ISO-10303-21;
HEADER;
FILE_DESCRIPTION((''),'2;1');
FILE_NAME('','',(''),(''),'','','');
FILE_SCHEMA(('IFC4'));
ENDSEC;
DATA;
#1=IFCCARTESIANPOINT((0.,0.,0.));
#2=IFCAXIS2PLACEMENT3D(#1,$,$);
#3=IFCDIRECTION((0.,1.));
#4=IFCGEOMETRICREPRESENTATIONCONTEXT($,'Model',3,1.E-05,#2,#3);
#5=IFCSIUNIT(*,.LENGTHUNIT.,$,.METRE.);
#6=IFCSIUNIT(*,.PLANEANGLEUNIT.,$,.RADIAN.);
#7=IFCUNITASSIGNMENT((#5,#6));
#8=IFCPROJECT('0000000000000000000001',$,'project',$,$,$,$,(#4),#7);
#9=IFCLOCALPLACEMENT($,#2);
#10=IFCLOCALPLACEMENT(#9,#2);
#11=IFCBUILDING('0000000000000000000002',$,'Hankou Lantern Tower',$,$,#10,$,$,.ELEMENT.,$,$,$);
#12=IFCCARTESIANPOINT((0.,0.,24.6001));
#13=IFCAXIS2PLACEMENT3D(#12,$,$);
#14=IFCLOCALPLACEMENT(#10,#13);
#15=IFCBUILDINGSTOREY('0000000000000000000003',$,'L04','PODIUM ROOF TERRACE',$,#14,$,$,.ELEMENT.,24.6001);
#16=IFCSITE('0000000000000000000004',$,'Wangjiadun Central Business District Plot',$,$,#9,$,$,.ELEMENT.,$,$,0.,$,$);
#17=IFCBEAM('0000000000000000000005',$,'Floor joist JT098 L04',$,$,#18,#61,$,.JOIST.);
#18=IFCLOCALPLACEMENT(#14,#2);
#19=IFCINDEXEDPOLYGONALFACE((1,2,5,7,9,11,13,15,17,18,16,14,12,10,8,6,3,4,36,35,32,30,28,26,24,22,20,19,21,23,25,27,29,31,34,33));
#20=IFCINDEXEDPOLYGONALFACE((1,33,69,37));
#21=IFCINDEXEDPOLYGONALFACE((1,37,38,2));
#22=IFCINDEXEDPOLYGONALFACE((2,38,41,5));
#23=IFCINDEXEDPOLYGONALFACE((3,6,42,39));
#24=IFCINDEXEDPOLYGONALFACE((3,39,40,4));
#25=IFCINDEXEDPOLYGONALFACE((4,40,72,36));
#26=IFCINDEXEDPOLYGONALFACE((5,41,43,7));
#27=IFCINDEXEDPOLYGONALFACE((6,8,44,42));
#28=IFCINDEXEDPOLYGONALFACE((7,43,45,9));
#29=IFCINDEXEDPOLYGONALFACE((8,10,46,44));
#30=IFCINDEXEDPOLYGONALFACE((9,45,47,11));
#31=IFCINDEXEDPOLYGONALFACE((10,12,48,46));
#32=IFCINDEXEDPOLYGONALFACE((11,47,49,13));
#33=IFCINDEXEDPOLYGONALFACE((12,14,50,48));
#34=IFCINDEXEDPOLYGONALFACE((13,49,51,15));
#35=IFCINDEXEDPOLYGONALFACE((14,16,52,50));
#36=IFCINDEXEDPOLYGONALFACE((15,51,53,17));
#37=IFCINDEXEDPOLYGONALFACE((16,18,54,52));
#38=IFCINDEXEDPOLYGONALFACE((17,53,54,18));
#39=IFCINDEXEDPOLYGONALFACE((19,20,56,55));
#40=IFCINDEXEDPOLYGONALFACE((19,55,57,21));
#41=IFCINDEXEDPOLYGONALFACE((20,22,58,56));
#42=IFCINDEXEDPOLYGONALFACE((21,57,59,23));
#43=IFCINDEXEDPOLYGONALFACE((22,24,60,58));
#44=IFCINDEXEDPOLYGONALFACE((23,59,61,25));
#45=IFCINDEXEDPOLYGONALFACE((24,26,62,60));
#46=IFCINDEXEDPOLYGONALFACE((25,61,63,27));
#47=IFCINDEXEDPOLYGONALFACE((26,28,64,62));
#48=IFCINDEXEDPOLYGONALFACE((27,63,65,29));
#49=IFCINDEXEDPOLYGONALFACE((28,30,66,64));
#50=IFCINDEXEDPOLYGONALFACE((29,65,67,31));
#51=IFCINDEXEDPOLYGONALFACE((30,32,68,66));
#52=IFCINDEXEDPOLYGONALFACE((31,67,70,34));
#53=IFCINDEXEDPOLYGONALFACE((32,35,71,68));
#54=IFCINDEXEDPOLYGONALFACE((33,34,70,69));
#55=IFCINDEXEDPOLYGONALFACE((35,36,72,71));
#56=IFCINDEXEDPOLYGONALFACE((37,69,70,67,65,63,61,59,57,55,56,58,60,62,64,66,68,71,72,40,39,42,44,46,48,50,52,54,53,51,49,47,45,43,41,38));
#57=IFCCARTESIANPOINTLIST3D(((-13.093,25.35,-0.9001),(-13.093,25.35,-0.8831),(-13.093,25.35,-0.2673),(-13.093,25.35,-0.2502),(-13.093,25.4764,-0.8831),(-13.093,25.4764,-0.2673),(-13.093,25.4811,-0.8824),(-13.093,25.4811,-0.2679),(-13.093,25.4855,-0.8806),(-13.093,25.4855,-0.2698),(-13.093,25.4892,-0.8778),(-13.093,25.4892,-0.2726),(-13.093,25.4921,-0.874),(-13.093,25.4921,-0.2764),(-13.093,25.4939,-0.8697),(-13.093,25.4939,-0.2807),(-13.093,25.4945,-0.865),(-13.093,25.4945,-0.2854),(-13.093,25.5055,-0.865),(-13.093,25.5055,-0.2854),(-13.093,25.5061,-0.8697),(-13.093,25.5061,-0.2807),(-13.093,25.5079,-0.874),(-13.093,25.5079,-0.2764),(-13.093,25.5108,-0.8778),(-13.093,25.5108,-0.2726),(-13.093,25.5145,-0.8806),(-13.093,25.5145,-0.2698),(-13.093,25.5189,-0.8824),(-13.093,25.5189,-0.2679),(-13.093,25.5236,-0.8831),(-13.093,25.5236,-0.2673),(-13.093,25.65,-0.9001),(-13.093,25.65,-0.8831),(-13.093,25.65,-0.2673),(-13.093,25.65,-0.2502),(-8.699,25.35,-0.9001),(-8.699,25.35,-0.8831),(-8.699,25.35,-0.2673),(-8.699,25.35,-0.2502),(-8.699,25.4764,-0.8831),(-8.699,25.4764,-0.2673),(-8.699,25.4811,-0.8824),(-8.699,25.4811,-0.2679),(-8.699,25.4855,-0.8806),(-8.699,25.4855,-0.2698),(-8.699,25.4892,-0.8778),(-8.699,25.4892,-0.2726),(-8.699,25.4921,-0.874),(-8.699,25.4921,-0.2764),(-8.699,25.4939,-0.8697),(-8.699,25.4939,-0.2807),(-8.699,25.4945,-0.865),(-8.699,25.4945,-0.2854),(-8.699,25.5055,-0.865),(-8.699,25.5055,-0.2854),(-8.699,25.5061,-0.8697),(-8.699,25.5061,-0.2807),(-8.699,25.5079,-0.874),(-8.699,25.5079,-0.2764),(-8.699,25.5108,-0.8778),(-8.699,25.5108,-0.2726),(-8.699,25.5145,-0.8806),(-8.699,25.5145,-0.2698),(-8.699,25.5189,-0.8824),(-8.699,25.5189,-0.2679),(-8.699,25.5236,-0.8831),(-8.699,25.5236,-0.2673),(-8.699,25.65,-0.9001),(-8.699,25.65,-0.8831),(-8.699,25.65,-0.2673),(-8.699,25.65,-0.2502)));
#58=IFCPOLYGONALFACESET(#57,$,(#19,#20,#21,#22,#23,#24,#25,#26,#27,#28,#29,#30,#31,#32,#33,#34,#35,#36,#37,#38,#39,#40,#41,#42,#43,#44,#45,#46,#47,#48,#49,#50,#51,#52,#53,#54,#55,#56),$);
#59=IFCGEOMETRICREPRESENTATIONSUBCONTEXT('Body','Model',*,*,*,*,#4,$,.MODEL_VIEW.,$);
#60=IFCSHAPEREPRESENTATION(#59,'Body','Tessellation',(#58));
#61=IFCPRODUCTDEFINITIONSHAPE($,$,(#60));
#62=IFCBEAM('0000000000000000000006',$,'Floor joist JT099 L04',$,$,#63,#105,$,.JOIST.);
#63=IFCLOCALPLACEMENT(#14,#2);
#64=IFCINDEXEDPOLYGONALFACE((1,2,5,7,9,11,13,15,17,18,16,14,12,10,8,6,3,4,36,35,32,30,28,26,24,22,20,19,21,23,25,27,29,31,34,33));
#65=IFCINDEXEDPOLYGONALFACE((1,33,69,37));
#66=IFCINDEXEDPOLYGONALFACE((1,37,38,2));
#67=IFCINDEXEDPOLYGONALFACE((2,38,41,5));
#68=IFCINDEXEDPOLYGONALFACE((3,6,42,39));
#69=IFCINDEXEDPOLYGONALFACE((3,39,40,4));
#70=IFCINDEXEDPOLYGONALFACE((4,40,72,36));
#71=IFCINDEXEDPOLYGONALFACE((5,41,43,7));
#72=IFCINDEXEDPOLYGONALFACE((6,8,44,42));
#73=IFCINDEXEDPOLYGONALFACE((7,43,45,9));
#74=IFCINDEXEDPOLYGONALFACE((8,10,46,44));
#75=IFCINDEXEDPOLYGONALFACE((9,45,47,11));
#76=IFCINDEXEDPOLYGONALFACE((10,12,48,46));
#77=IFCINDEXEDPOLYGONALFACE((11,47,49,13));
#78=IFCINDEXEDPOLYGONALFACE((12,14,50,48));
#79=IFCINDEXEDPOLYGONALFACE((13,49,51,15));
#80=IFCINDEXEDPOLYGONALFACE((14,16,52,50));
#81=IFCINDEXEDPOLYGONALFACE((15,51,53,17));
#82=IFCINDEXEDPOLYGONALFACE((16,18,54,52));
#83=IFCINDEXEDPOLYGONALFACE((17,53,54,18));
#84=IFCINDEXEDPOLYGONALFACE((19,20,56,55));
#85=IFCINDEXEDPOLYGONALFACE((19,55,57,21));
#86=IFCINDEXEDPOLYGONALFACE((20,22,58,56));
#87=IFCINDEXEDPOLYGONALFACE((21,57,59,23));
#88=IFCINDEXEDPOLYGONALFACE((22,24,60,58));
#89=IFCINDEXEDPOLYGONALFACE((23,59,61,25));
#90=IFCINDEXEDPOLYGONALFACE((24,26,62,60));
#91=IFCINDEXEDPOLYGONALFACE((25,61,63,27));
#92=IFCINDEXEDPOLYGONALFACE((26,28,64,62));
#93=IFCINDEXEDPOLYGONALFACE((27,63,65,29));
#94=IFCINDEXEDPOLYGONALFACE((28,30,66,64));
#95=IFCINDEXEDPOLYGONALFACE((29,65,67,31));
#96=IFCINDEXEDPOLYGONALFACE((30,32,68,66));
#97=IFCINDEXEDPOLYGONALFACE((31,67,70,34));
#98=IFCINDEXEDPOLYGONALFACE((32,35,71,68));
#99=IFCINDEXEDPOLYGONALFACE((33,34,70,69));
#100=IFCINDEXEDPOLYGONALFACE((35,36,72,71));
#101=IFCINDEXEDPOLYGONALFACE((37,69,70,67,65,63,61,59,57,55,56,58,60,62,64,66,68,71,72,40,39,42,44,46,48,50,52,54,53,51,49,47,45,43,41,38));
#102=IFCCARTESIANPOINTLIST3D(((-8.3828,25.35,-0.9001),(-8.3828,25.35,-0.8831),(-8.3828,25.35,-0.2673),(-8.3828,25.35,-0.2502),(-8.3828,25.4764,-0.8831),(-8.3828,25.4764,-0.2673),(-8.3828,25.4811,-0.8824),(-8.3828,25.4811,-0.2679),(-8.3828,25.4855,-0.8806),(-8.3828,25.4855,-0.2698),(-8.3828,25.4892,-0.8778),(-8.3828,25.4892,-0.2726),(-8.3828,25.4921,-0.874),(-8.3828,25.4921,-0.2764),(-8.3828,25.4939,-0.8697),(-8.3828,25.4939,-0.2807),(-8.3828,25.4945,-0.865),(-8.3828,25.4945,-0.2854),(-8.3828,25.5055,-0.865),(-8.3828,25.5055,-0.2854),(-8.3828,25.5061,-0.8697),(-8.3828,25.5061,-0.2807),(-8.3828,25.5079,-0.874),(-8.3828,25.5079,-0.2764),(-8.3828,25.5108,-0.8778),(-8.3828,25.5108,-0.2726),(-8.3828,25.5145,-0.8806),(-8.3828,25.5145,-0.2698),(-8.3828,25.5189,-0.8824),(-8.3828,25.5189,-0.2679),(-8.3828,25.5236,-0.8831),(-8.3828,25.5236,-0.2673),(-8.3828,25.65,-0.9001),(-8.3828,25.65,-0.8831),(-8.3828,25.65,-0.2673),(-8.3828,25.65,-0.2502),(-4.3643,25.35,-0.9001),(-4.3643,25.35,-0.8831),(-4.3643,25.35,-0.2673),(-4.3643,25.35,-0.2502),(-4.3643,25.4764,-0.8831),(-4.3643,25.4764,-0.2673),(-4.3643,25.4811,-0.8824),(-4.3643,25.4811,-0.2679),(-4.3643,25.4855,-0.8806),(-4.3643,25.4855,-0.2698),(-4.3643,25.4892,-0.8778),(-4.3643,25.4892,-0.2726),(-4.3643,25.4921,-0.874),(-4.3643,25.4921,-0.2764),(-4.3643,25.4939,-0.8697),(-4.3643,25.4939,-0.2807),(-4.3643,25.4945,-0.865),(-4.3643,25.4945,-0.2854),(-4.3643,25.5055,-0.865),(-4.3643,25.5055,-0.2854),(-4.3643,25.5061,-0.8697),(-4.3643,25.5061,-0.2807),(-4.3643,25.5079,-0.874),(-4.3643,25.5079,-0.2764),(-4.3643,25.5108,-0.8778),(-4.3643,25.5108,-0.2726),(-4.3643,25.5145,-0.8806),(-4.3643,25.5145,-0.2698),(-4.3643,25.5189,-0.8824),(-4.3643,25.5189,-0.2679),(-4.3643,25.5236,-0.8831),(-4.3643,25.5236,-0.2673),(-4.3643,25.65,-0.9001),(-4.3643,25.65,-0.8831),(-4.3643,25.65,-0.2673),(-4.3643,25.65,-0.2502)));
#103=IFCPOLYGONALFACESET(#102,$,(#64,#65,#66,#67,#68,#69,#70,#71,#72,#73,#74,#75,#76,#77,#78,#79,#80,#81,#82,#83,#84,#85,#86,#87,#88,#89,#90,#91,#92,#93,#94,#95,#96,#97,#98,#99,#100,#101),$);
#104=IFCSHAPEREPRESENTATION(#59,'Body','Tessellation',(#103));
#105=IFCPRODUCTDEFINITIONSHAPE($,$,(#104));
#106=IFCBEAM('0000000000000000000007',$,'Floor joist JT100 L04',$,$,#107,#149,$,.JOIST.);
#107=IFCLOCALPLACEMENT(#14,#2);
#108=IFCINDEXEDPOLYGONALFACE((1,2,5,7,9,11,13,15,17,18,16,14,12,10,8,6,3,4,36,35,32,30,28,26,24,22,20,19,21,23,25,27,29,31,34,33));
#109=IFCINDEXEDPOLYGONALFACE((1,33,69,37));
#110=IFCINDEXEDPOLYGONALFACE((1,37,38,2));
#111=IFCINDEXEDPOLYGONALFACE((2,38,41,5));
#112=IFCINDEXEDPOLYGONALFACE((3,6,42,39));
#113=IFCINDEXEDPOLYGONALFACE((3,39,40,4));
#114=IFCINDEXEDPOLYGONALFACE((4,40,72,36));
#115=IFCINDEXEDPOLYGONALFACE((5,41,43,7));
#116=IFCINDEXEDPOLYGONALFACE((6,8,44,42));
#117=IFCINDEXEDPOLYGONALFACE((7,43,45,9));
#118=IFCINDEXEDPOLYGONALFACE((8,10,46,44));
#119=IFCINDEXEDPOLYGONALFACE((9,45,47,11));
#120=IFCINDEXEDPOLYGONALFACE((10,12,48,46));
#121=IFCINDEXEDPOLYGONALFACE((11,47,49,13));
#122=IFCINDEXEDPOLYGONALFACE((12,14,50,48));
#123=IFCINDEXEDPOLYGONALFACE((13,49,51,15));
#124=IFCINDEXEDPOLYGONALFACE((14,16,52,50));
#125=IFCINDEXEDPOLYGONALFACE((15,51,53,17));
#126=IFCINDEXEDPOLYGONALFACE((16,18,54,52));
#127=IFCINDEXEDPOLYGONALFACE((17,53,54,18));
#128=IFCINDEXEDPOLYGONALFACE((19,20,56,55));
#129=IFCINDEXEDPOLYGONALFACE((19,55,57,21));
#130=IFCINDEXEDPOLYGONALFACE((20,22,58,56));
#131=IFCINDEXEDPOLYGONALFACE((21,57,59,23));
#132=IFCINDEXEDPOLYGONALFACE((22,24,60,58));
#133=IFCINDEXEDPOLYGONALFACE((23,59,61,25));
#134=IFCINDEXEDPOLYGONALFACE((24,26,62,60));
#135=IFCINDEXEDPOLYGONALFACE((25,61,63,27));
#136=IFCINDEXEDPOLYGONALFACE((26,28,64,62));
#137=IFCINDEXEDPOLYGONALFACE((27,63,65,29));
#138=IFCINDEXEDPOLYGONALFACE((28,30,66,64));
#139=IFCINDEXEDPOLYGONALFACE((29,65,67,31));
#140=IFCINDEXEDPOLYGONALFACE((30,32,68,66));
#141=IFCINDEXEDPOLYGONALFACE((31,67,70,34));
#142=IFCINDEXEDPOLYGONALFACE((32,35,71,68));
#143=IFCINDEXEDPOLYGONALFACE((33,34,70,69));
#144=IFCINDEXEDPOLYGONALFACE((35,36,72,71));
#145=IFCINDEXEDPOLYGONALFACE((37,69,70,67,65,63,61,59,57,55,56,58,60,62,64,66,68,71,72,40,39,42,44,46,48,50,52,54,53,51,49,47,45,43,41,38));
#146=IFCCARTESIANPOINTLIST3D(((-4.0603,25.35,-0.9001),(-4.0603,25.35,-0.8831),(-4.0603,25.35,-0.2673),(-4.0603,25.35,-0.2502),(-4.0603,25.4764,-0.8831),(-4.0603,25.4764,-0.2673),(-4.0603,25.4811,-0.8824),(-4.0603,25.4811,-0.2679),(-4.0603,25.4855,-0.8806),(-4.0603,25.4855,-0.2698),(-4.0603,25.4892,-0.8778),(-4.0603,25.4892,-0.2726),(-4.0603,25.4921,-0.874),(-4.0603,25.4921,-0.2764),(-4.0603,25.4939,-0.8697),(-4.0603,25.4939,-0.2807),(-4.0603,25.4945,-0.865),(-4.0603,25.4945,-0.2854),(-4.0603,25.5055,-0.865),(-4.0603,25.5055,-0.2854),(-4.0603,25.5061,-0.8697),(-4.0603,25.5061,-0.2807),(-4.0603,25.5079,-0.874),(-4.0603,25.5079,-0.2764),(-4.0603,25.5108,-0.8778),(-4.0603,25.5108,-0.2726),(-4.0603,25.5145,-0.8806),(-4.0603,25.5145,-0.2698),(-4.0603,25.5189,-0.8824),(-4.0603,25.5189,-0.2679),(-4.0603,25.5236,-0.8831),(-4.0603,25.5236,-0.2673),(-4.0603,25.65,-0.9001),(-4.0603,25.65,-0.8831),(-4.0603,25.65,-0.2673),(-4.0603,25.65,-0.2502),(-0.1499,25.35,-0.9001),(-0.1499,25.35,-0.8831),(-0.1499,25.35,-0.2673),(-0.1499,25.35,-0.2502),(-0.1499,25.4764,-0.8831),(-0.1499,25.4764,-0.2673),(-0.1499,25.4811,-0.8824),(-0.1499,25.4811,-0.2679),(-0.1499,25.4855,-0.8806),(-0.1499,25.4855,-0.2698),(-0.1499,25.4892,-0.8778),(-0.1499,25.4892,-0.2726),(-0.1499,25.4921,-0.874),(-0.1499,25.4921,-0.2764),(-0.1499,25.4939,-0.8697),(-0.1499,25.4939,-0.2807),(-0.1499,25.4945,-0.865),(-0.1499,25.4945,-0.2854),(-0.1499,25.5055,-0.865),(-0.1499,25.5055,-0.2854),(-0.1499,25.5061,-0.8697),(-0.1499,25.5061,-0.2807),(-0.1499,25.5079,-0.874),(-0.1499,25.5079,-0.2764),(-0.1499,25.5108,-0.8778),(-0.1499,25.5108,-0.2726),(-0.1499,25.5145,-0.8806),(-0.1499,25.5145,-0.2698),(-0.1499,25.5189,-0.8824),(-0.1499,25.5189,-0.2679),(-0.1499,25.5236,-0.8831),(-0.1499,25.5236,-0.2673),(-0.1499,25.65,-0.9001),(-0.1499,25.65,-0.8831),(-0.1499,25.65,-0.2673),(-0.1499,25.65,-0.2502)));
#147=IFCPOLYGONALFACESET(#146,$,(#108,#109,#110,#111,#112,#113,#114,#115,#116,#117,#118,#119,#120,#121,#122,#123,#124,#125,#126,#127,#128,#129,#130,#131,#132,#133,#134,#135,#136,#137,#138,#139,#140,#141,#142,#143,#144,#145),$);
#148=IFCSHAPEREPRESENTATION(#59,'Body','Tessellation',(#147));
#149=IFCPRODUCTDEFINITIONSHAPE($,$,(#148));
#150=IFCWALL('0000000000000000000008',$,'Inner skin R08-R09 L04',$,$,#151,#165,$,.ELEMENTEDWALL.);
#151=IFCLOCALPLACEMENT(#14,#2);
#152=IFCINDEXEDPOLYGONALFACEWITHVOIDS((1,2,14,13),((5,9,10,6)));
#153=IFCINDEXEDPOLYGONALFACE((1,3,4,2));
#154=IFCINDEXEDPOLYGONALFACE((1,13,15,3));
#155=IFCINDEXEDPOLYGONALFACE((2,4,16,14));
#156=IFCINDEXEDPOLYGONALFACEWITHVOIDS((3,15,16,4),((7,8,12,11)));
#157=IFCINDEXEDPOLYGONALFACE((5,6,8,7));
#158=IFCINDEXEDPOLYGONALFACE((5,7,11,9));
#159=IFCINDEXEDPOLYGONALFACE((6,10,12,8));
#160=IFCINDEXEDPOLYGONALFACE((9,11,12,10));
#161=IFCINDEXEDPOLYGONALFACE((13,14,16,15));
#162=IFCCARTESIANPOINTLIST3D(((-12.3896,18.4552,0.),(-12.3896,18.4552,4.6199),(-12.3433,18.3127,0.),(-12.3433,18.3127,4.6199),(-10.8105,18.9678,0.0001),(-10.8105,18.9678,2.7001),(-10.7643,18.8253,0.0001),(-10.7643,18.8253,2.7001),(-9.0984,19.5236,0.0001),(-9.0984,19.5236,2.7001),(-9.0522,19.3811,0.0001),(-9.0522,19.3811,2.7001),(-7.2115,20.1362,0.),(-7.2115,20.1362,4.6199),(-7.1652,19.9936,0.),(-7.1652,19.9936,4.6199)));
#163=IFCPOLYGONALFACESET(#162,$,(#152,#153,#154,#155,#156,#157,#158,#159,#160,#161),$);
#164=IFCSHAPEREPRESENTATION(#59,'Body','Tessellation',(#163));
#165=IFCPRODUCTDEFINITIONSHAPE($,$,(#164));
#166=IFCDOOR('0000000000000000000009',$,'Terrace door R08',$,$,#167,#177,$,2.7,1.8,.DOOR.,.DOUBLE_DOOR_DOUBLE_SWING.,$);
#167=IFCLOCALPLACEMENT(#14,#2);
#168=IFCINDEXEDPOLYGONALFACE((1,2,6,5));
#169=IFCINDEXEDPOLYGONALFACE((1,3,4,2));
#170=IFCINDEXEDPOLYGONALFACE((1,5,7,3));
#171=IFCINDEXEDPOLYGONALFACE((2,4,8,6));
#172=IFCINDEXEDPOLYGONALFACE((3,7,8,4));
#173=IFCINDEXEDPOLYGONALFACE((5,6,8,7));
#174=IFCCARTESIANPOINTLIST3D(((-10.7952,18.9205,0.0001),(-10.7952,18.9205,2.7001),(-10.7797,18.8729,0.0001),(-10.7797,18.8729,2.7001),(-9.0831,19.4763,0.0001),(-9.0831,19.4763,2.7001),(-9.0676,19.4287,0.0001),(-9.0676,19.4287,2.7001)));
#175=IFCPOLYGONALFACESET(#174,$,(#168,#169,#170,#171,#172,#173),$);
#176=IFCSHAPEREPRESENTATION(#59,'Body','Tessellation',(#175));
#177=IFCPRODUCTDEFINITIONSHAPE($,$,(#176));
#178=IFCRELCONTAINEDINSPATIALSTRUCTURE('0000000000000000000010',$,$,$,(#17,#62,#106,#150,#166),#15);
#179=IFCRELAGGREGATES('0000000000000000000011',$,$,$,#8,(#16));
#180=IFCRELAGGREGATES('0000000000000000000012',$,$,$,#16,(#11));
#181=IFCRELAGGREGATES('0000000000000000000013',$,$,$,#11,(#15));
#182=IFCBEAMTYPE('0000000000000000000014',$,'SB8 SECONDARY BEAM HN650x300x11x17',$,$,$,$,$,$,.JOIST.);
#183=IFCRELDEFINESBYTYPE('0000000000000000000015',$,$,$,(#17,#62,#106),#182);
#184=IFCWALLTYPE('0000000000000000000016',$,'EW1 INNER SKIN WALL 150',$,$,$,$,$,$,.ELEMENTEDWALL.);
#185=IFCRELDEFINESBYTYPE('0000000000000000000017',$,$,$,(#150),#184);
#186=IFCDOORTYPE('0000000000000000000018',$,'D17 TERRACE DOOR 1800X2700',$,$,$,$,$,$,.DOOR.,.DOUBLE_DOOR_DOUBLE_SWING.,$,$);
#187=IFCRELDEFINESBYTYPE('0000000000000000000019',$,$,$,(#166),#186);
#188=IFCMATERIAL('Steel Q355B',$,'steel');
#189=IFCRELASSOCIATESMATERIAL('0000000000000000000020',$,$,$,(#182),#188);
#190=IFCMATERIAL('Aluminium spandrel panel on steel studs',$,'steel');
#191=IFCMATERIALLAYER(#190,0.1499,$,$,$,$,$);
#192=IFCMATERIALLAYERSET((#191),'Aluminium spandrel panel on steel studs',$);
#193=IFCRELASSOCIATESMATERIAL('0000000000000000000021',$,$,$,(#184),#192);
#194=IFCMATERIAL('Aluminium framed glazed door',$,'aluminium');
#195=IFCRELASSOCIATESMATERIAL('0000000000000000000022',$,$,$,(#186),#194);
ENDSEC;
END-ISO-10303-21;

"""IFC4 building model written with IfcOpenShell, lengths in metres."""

from ifc_helpers import new_model, si_unit, direction, frame, frame_2d, origin, origin_2d, place, context, subcontext, project, spatial, rectangle, i_section, extrude, material, layer, layer_set, material_profile, profile_set, type_object, element, fill, save


model = new_model("IFC4")

# Units and contexts
model_context = context("Model", 3, precision=1e-05, world=origin(), true_north=direction((0.0, 1.0)))
body_context = subcontext(model_context, "Body", "Model", "MODEL_VIEW")
ifc_project = project(units=[si_unit("LENGTHUNIT", "METRE"), si_unit("PLANEANGLEUNIT", "RADIAN")], contexts=[model_context])

# Site, building, storey
site_placement = place(None, origin())
site = spatial("IfcSite", under=ifc_project, at=site_placement, Name="Wangjiadun Central Business District Plot", CompositionType="ELEMENT", RefElevation=0.0)
building_placement = place(site_placement, origin())
building = spatial("IfcBuilding", under=site, at=building_placement, Name="Hankou Lantern Tower", CompositionType="ELEMENT")
storey_placement = place(building_placement, frame((0.0, 0.0, 24.6001)))
storey = spatial("IfcBuildingStorey", under=building, at=storey_placement, Name="L04", Description="PODIUM ROOF TERRACE", CompositionType="ELEMENT", Elevation=24.6001)

# Beams
ifc_material_1 = material(Name="Steel Q355B", Category="steel")
ifc_material_profile_1 = material_profile(ifc_material_1, i_section(OverallWidth=0.3, OverallDepth=0.6499, WebThickness=0.011, FlangeThickness=0.0171, FilletRadius=0.0181, at=origin_2d()), Name="HN650x300x11x17")
ifc_profile_set_1 = profile_set([ifc_material_profile_1], Name="Steel Q355B")
beam_type_1 = type_object("IfcBeamType", Name="SB8 SECONDARY BEAM HN650x300x11x17", PredefinedType="JOIST", material=ifc_profile_set_1)
beam_1_placement = place(storey_placement, frame((-13.093, 25.5, -0.5752), z_axis=(1.0, 0.0, 0.0), x_axis=(0.0, 1.0, 0.0)))
element("IfcBeam", 1, at=beam_1_placement, inside=storey, type_object=beam_type_1, Name="Floor joist JT098 L04", PredefinedType="JOIST", context=body_context, shape_type="SweptSolid", body=[
    extrude(i_section(OverallWidth=0.3, OverallDepth=0.6499, WebThickness=0.011, FlangeThickness=0.0171, FilletRadius=0.0181, at=origin_2d()), origin(), (0.0, 0.0, 1.0), 4.394),
])
beam_2_placement = place(storey_placement, frame((-8.3828, 25.5, -0.5752), z_axis=(1.0, 0.0, 0.0), x_axis=(0.0, 1.0, 0.0)))
element("IfcBeam", 2, at=beam_2_placement, inside=storey, type_object=beam_type_1, Name="Floor joist JT099 L04", PredefinedType="JOIST", context=body_context, shape_type="SweptSolid", body=[
    extrude(i_section(OverallWidth=0.3, OverallDepth=0.6499, WebThickness=0.011, FlangeThickness=0.0171, FilletRadius=0.0181, at=origin_2d()), origin(), (0.0, 0.0, 1.0), 4.0186),
])
beam_3_placement = place(storey_placement, frame((-4.0603, 25.5, -0.5752), z_axis=(1.0, 0.0, 0.0), x_axis=(0.0, 1.0, 0.0)))
element("IfcBeam", 3, at=beam_3_placement, inside=storey, type_object=beam_type_1, Name="Floor joist JT100 L04", PredefinedType="JOIST", context=body_context, shape_type="SweptSolid", body=[
    extrude(i_section(OverallWidth=0.3, OverallDepth=0.6499, WebThickness=0.011, FlangeThickness=0.0171, FilletRadius=0.0181, at=origin_2d()), origin(), (0.0, 0.0, 1.0), 3.9104),
])

# Wall, opening, door
ifc_material_2 = material(Name="Aluminium spandrel panel on steel studs", Category="steel")
ifc_layer = layer(ifc_material_2, 0.1499)
ifc_layer_set = layer_set([ifc_layer], Name="Aluminium spandrel panel on steel studs")
wall_type = type_object("IfcWallType", Name="EW1 INNER SKIN WALL 150", PredefinedType="ELEMENTEDWALL", material=ifc_layer_set)
wall_1_placement = place(storey_placement, frame((-7.1882, 20.0649, 0.0), z_axis=(0.0, 0.0, 1.0), x_axis=(-0.951138, -0.308765, 0.0)))
wall_1 = element("IfcWall", 4, at=wall_1_placement, inside=storey, type_object=wall_type, Name="Inner skin R08-R09 L04", PredefinedType="ELEMENTEDWALL", context=body_context, shape_type="SweptSolid", body=[
    extrude(rectangle(XDim=5.4441, YDim=0.1499, at=frame_2d((2.7222, 0.0))), origin(), (0.0, 0.0, 1.0), 4.6199),
])
opening_1_placement = place(wall_1_placement, frame((1.9841, 0.0, 0.0)))
opening_1 = element("IfcOpeningElement", 5, at=opening_1_placement, cuts=wall_1, PredefinedType="OPENING", context=body_context, shape_type="SweptSolid", body=[
    extrude(rectangle(XDim=1.8, YDim=2.7, at=frame_2d((0.8999, 1.3501))), frame((0.0, 0.085, 0.0), z_axis=(0.0, -1.0, 0.0), x_axis=(1.0, 0.0, 0.0)), (0.0, 0.0, 1.0), 0.1699),
])
ifc_material_3 = material(Name="Aluminium framed glazed door", Category="aluminium")
door_type = type_object("IfcDoorType", Name="D17 TERRACE DOOR 1800X2700", OperationType="DOUBLE_DOOR_DOUBLE_SWING", PredefinedType="DOOR", material=ifc_material_3)
door_placement = place(opening_1_placement, origin())
door = element("IfcDoor", 6, at=door_placement, inside=storey, type_object=door_type, Name="Terrace door R08", OperationType="DOUBLE_DOOR_DOUBLE_SWING", OverallHeight=2.7, OverallWidth=1.8, PredefinedType="DOOR", context=body_context, shape_type="SweptSolid", body=[
    extrude(rectangle(XDim=1.8, YDim=2.7, at=frame_2d((0.8999, 1.3501))), frame((0.0, 0.0249, 0.0), z_axis=(0.0, -1.0, 0.0), x_axis=(1.0, 0.0, 0.0)), (0.0, 0.0, 1.0), 0.05),
])
fill(opening_1, door)

save(model, "model.ifc")
